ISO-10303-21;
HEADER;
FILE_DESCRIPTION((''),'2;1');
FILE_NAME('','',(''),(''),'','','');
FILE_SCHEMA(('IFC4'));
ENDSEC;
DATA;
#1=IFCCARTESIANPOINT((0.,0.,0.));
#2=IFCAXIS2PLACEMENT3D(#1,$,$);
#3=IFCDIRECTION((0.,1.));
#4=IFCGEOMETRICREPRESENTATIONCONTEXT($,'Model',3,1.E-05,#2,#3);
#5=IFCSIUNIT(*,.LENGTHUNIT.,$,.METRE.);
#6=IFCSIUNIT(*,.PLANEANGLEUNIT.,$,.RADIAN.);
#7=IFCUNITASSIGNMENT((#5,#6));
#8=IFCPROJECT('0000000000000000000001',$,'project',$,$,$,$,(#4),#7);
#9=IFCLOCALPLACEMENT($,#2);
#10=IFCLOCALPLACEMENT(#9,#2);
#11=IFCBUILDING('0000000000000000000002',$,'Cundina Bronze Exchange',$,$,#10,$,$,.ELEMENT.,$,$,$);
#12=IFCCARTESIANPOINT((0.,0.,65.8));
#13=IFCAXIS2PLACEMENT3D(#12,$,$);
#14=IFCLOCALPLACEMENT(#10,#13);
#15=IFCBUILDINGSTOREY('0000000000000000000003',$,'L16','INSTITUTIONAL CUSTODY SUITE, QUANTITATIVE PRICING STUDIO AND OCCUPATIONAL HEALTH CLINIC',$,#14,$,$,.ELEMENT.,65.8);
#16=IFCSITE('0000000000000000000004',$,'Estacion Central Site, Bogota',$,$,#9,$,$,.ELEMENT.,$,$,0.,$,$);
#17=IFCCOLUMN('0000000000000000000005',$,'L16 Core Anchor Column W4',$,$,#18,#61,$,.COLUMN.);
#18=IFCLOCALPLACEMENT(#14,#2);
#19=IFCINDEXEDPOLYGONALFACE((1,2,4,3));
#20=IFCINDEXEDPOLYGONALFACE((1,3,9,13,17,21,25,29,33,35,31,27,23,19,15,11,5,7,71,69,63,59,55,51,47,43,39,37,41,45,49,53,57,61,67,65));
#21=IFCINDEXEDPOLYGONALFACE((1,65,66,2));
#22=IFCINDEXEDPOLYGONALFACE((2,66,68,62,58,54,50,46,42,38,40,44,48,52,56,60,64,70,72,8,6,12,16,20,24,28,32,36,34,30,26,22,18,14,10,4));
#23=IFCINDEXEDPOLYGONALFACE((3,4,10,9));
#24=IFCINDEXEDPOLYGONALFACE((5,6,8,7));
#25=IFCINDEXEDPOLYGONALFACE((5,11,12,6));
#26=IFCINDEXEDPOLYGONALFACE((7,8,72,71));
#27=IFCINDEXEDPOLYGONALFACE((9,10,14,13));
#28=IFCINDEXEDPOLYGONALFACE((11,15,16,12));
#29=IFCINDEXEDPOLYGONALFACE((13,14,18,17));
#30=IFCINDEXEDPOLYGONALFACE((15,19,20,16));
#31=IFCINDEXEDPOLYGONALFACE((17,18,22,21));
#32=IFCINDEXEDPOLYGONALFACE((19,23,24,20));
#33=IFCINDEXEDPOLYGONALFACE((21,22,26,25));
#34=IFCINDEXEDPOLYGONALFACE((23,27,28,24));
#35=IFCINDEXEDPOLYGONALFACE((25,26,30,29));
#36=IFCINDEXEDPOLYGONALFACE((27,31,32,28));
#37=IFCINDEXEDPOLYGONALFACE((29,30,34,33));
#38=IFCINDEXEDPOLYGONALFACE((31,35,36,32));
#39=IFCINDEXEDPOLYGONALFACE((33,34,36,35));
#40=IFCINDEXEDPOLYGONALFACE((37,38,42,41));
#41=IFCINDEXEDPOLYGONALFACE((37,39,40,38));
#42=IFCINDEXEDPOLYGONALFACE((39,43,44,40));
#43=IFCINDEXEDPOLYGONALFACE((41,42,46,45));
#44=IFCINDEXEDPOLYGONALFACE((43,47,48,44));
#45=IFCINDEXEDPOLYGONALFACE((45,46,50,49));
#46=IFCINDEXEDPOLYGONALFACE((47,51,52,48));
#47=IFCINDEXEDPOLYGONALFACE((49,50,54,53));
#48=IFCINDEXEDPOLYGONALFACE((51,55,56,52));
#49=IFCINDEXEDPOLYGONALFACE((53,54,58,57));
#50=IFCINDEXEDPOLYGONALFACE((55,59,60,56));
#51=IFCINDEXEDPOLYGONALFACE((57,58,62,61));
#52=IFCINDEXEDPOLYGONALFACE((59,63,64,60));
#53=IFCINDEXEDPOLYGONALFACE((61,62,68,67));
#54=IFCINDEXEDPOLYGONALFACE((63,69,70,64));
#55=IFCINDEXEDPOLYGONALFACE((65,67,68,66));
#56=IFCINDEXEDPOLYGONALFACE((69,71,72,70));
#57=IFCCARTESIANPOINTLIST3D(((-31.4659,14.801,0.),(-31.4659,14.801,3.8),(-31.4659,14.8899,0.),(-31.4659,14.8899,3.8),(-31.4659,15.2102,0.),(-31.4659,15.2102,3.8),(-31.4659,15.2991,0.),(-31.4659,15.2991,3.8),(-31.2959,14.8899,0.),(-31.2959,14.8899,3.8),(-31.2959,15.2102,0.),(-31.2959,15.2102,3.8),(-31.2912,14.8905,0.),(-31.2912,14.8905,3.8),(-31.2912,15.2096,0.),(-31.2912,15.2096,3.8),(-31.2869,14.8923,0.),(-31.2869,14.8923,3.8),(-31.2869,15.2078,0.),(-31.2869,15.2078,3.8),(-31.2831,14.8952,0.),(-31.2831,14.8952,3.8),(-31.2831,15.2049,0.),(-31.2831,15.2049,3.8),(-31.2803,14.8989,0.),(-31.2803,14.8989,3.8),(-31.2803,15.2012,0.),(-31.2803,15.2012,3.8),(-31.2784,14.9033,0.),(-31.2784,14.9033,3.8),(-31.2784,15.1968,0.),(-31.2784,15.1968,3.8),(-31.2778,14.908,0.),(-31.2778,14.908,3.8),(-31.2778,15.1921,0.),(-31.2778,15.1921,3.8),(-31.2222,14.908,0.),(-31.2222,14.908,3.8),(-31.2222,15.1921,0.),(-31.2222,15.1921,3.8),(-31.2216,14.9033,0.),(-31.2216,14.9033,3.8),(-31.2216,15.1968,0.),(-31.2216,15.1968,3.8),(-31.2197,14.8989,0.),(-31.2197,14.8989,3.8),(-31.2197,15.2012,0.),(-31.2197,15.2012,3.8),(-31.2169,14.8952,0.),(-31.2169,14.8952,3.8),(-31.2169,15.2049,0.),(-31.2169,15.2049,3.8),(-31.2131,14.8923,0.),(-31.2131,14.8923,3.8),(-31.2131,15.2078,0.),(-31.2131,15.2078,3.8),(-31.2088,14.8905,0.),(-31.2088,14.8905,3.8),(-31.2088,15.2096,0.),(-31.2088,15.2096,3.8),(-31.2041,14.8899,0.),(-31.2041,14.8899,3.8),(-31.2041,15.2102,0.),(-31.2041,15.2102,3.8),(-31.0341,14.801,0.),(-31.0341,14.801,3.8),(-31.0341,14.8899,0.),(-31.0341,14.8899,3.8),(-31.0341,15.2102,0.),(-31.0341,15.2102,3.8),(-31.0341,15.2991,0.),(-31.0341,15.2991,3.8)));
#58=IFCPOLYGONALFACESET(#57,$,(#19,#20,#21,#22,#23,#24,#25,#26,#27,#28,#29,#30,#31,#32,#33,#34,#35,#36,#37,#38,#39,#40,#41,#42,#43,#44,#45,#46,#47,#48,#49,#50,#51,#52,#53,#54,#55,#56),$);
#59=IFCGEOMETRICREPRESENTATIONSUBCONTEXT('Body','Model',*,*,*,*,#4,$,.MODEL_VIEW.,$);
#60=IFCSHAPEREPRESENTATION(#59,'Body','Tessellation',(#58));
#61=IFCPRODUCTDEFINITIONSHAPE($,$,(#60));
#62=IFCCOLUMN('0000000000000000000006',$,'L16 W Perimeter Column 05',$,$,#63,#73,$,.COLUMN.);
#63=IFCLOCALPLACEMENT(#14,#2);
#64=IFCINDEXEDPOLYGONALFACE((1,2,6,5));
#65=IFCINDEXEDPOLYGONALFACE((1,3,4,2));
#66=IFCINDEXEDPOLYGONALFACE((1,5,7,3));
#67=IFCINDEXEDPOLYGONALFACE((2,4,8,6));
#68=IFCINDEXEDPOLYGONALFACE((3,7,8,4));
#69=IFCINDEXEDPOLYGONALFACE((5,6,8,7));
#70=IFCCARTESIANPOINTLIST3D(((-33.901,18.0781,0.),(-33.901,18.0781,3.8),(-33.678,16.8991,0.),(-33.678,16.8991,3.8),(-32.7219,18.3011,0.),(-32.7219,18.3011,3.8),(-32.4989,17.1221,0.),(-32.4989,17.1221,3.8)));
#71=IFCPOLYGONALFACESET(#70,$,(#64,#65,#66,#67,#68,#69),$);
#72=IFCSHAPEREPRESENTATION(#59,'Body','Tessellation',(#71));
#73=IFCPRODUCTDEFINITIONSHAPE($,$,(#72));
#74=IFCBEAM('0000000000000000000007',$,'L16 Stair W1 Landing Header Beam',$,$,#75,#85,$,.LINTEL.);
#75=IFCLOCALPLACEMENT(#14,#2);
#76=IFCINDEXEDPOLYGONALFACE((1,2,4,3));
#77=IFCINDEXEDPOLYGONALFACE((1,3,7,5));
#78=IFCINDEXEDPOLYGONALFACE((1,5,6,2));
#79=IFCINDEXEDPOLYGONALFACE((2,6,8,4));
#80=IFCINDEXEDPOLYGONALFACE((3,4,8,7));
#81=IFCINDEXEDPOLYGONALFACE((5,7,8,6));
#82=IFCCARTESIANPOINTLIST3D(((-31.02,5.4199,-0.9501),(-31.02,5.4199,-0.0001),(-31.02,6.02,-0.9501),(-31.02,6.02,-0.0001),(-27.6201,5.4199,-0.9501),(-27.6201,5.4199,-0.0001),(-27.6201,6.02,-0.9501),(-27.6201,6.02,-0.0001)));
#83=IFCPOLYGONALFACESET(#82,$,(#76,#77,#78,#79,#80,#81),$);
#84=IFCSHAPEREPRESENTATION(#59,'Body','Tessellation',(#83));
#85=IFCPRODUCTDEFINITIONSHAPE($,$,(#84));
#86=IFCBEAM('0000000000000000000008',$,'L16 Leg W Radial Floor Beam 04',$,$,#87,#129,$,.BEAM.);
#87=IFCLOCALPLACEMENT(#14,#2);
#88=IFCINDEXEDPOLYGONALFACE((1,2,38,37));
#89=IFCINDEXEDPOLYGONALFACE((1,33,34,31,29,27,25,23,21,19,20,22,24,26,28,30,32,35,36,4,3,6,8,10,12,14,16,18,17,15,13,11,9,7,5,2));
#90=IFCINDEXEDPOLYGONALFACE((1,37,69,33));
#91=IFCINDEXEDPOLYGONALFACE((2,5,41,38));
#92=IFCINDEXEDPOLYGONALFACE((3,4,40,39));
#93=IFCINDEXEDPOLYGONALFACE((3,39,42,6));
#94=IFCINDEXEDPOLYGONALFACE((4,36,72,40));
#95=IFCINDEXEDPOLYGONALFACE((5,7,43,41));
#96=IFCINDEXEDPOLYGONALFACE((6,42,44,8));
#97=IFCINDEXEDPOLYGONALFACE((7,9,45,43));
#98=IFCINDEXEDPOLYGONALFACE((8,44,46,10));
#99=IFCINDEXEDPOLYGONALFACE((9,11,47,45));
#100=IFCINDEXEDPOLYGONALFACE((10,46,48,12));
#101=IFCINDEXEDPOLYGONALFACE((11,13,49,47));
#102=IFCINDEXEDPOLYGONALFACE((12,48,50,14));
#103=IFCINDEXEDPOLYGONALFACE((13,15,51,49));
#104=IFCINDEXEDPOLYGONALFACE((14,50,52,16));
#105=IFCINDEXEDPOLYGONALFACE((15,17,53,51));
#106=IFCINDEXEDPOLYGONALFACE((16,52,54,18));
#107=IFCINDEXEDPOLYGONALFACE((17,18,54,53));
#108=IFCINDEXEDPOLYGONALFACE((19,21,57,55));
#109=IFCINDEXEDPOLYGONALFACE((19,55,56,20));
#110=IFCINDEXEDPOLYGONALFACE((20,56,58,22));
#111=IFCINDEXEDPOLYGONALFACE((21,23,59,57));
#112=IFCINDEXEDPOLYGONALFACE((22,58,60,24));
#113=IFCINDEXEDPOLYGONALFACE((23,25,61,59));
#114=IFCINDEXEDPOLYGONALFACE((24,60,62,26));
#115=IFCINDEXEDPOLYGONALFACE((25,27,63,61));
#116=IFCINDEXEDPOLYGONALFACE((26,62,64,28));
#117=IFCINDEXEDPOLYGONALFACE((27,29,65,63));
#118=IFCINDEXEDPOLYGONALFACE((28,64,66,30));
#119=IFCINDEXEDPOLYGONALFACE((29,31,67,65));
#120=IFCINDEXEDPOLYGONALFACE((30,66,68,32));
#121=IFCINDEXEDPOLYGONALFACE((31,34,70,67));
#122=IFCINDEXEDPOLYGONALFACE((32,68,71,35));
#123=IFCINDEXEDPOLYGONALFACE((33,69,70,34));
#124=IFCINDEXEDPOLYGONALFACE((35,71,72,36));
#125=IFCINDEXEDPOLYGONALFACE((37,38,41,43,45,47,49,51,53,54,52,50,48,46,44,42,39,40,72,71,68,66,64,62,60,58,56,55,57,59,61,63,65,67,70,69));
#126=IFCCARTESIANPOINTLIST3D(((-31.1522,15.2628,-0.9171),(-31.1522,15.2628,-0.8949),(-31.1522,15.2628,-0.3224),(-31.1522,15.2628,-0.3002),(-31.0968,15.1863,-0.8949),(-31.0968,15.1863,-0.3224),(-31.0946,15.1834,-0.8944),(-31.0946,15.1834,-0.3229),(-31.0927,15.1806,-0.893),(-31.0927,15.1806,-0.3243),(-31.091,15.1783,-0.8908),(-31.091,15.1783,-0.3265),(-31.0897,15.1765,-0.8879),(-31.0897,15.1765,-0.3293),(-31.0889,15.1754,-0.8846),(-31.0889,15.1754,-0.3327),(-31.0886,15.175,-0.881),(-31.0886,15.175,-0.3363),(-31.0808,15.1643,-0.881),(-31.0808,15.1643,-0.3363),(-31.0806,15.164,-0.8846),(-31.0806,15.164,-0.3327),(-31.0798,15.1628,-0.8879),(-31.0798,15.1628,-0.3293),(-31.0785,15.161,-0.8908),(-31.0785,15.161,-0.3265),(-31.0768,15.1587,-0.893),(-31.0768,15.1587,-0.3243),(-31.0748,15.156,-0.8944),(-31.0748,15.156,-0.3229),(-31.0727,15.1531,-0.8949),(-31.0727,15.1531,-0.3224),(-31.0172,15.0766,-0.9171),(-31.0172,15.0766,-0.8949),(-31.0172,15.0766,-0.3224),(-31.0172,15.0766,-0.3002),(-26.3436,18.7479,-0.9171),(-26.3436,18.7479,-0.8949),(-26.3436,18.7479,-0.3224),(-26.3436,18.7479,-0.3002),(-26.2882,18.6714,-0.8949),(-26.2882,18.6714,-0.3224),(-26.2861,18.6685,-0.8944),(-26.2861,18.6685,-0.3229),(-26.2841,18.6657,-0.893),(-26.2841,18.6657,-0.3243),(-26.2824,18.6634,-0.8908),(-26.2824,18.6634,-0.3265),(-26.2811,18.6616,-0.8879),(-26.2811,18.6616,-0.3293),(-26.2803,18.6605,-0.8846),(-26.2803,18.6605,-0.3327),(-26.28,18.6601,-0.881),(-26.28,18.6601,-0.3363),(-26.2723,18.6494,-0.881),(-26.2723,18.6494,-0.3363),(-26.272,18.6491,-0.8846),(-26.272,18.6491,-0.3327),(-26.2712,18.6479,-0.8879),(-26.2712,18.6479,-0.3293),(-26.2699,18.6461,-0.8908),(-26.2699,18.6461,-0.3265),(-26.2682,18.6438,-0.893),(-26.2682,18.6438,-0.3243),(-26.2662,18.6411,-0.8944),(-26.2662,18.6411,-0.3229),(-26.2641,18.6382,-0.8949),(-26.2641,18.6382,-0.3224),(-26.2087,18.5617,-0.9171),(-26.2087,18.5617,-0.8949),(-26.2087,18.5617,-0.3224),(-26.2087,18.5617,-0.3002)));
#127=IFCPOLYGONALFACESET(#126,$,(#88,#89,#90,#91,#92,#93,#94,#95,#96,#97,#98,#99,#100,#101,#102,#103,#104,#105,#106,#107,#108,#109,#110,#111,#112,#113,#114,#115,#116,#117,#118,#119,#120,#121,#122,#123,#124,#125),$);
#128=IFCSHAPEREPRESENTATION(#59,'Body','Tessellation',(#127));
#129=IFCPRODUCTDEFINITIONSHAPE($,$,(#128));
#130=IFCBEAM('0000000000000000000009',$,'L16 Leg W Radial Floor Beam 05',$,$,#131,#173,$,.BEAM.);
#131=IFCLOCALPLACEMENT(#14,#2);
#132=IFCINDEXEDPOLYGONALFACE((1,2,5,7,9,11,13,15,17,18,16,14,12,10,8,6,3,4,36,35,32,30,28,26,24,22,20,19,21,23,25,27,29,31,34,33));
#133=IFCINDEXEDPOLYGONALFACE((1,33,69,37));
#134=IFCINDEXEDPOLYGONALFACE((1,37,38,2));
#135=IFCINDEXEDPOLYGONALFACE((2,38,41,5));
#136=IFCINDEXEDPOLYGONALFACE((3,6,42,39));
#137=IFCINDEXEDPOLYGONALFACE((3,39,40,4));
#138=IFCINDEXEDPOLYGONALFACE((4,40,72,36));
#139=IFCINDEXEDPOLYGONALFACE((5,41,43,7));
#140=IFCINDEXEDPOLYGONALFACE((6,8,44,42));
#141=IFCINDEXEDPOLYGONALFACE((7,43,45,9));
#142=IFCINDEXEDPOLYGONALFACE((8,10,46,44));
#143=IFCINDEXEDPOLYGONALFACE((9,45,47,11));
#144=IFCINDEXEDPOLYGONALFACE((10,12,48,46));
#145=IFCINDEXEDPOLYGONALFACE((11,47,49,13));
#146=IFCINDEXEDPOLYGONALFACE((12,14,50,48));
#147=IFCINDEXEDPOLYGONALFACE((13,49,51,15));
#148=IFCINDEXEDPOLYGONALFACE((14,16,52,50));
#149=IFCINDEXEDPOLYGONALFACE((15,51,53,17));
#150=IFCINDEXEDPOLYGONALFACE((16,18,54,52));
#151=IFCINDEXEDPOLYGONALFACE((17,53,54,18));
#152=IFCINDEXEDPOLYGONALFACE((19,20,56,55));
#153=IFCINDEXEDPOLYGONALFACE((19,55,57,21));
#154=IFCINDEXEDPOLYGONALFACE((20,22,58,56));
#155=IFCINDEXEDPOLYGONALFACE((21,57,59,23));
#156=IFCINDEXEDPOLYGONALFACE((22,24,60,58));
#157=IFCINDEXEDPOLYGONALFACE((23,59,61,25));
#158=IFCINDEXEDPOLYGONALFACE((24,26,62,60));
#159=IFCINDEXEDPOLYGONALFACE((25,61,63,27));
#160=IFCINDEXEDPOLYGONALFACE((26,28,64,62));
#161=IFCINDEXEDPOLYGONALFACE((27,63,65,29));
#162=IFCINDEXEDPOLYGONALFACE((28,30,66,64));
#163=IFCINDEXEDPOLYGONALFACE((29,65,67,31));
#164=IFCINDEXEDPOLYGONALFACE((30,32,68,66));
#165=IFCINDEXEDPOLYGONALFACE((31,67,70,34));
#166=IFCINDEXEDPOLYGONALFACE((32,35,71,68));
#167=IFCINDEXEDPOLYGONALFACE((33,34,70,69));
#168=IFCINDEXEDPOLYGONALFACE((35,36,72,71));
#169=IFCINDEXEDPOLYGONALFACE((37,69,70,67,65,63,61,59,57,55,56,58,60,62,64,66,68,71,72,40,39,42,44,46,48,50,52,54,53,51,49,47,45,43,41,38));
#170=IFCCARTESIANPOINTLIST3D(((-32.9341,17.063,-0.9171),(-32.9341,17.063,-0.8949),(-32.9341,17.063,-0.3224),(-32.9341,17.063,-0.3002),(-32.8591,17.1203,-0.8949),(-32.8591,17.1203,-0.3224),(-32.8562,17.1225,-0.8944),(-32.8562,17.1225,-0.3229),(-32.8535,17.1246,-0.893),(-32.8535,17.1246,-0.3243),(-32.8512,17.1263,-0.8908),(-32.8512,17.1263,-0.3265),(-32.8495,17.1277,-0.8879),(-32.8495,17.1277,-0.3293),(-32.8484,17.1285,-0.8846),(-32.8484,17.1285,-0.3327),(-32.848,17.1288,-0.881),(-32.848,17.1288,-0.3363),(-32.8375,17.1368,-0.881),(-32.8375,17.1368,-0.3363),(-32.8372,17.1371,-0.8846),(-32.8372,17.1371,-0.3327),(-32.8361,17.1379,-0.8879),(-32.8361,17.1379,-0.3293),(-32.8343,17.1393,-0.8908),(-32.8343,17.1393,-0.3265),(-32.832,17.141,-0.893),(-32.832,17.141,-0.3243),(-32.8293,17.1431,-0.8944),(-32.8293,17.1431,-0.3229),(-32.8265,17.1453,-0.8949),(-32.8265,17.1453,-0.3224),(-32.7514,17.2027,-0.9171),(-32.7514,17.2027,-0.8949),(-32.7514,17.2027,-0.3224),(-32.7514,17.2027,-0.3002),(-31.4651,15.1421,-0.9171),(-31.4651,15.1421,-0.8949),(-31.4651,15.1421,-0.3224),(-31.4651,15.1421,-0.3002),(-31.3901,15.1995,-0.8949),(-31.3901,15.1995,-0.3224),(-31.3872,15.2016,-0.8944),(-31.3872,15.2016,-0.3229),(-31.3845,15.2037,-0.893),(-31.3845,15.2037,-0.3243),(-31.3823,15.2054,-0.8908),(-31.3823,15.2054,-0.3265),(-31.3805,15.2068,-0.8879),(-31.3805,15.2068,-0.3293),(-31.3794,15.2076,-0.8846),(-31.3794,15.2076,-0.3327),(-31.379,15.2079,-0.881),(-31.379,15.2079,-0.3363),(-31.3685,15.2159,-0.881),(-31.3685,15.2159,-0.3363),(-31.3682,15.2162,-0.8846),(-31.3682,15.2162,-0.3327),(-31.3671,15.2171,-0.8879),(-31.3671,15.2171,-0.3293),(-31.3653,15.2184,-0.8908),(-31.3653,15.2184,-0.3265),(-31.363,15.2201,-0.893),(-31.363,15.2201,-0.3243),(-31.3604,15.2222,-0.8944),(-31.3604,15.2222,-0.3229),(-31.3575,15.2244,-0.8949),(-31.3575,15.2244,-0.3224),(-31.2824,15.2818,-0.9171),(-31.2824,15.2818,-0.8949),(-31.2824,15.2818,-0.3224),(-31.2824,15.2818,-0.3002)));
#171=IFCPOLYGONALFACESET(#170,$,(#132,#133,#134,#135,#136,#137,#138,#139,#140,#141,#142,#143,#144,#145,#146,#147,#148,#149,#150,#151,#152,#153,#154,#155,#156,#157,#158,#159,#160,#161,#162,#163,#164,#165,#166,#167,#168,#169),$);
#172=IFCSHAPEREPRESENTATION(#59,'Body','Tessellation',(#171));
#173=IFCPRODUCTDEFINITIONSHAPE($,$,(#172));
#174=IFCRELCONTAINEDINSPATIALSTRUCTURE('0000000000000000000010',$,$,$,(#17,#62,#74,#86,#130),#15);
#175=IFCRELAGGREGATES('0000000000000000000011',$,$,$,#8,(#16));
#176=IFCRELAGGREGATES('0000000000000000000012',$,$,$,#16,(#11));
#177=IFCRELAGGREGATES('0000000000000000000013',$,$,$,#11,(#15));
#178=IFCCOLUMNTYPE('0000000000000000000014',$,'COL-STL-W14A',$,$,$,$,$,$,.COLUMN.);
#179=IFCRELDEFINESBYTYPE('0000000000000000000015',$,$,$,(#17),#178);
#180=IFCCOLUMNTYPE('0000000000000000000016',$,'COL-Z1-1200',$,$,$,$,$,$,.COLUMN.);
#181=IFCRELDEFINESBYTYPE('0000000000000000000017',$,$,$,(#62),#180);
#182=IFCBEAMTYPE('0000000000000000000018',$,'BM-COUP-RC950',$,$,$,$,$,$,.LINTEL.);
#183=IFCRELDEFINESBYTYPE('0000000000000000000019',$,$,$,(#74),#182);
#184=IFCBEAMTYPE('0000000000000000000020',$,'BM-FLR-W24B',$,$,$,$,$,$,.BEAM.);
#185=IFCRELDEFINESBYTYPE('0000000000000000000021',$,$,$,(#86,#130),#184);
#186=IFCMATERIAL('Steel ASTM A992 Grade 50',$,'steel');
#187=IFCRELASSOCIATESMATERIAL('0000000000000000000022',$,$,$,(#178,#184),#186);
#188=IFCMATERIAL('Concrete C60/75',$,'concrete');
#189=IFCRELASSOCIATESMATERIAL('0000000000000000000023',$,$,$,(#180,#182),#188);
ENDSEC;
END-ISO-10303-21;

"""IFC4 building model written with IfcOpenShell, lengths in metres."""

from ifc_helpers import new_model, si_unit, direction, frame, origin, origin_2d, place, context, subcontext, project, spatial, rectangle, i_section, extrude, material, material_profile, profile_set, type_object, element, save


model = new_model("IFC4")

# Units and contexts
model_context = context("Model", 3, precision=1e-05, world=origin(), true_north=direction((0.0, 1.0)))
body_context = subcontext(model_context, "Body", "Model", "MODEL_VIEW")
ifc_project = project(units=[si_unit("LENGTHUNIT", "METRE"), si_unit("PLANEANGLEUNIT", "RADIAN")], contexts=[model_context])

# Site, building, storey
site_placement = place(None, origin())
site = spatial("IfcSite", under=ifc_project, at=site_placement, Name="Estacion Central Site, Bogota", CompositionType="ELEMENT", RefElevation=0.0)
building_placement = place(site_placement, origin())
building = spatial("IfcBuilding", under=site, at=building_placement, Name="Cundina Bronze Exchange", CompositionType="ELEMENT")
storey_placement = place(building_placement, frame((0.0, 0.0, 65.8)))
storey = spatial("IfcBuildingStorey", under=building, at=storey_placement, Name="L16", Description="INSTITUTIONAL CUSTODY SUITE, QUANTITATIVE PRICING STUDIO AND OCCUPATIONAL HEALTH CLINIC", CompositionType="ELEMENT", Elevation=65.8)

# Columns
ifc_material_1 = material(Name="Steel ASTM A992 Grade 50", Category="steel")
ifc_material_profile_1 = material_profile(ifc_material_1, i_section(OverallWidth=0.4319, OverallDepth=0.498, WebThickness=0.0557, FlangeThickness=0.0889, FilletRadius=0.0181, at=origin_2d()), Name="W14X500", Category="steel")
ifc_profile_set_1 = profile_set([ifc_material_profile_1], Name="Steel ASTM A992 Grade 50")
column_type_1 = type_object("IfcColumnType", Name="COL-STL-W14A", PredefinedType="COLUMN", material=ifc_profile_set_1)
column_1_placement = place(storey_placement, frame((-31.25, 15.05, 0.0), z_axis=(0.0, 0.0, 1.0), x_axis=(1.0, 0.0, 0.0)))
element("IfcColumn", 1, at=column_1_placement, inside=storey, type_object=column_type_1, Name="L16 Core Anchor Column W4", PredefinedType="COLUMN", context=body_context, shape_type="SweptSolid", body=[
    extrude(i_section(OverallWidth=0.4319, OverallDepth=0.498, WebThickness=0.0557, FlangeThickness=0.0889, FilletRadius=0.0181, at=origin_2d()), origin(), (0.0, 0.0, 1.0), 3.8),
])
ifc_material_2 = material(Name="Concrete C60/75", Category="concrete")
ifc_material_profile_2 = material_profile(ifc_material_2, rectangle(XDim=1.2, YDim=1.2, at=origin_2d()), Name="RC1200X1200", Category="concrete")
ifc_profile_set_2 = profile_set([ifc_material_profile_2], Name="Concrete C60/75")
column_type_2 = type_object("IfcColumnType", Name="COL-Z1-1200", PredefinedType="COLUMN", material=ifc_profile_set_2)
column_2_placement = place(storey_placement, frame((-33.2, 17.6001, 0.0), z_axis=(0.0, 0.0, 1.0), x_axis=(-0.98258, -0.185838, 0.0)))
element("IfcColumn", 2, at=column_2_placement, inside=storey, type_object=column_type_2, Name="L16 W Perimeter Column 05", PredefinedType="COLUMN", context=body_context, shape_type="SweptSolid", body=[
    extrude(rectangle(XDim=1.2, YDim=1.2, at=origin_2d()), origin(), (0.0, 0.0, 1.0), 3.8),
])

# Beams
ifc_material_profile_3 = material_profile(ifc_material_2, rectangle(XDim=0.6001, YDim=0.95, at=origin_2d()), Name="RC600X950", Category="concrete")
ifc_profile_set_3 = profile_set([ifc_material_profile_3], Name="Concrete C60/75")
beam_type_1 = type_object("IfcBeamType", Name="BM-COUP-RC950", PredefinedType="LINTEL", material=ifc_profile_set_3)
beam_1_placement = place(storey_placement, frame((-31.02, 5.72, -0.4751), z_axis=(1.0, 0.0, 0.0), x_axis=(0.0, 1.0, 0.0)))
element("IfcBeam", 3, at=beam_1_placement, inside=storey, type_object=beam_type_1, Name="L16 Stair W1 Landing Header Beam", PredefinedType="LINTEL", context=body_context, shape_type="SweptSolid", body=[
    extrude(rectangle(XDim=0.6001, YDim=0.95, at=origin_2d()), origin(), (0.0, 0.0, 1.0), 3.3999),
])
ifc_material_profile_4 = material_profile(ifc_material_1, i_section(OverallWidth=0.23, OverallDepth=0.6169, WebThickness=0.0132, FlangeThickness=0.0222, FilletRadius=0.0139, at=origin_2d()), Name="W24X94", Category="steel")
ifc_profile_set_4 = profile_set([ifc_material_profile_4], Name="Steel ASTM A992 Grade 50")
beam_type_2 = type_object("IfcBeamType", Name="BM-FLR-W24B", PredefinedType="BEAM", material=ifc_profile_set_4)
beam_2_placement = place(storey_placement, frame((-31.0847, 15.1697, -0.6086), z_axis=(0.8097, 0.586844, 0.0), x_axis=(-0.586844, 0.8097, 0.0)))
element("IfcBeam", 4, at=beam_2_placement, inside=storey, type_object=beam_type_2, Name="L16 Leg W Radial Floor Beam 04", PredefinedType="BEAM", context=body_context, shape_type="SweptSolid", body=[
    extrude(i_section(OverallWidth=0.23, OverallDepth=0.6169, WebThickness=0.0132, FlangeThickness=0.0222, FilletRadius=0.0139, at=origin_2d()), origin(), (0.0, 0.0, 1.0), 5.9387),
])
beam_3_placement = place(storey_placement, frame((-31.3738, 15.2119, -0.6086), z_axis=(-0.607469, 0.794344, 0.0), x_axis=(-0.794344, -0.607469, 0.0)))
element("IfcBeam", 5, at=beam_3_placement, inside=storey, type_object=beam_type_2, Name="L16 Leg W Radial Floor Beam 05", PredefinedType="BEAM", context=body_context, shape_type="SweptSolid", body=[
    extrude(i_section(OverallWidth=0.23, OverallDepth=0.6169, WebThickness=0.0132, FlangeThickness=0.0222, FilletRadius=0.0139, at=origin_2d()), origin(), (0.0, 0.0, 1.0), 2.4182),
])

save(model, "model.ifc")
